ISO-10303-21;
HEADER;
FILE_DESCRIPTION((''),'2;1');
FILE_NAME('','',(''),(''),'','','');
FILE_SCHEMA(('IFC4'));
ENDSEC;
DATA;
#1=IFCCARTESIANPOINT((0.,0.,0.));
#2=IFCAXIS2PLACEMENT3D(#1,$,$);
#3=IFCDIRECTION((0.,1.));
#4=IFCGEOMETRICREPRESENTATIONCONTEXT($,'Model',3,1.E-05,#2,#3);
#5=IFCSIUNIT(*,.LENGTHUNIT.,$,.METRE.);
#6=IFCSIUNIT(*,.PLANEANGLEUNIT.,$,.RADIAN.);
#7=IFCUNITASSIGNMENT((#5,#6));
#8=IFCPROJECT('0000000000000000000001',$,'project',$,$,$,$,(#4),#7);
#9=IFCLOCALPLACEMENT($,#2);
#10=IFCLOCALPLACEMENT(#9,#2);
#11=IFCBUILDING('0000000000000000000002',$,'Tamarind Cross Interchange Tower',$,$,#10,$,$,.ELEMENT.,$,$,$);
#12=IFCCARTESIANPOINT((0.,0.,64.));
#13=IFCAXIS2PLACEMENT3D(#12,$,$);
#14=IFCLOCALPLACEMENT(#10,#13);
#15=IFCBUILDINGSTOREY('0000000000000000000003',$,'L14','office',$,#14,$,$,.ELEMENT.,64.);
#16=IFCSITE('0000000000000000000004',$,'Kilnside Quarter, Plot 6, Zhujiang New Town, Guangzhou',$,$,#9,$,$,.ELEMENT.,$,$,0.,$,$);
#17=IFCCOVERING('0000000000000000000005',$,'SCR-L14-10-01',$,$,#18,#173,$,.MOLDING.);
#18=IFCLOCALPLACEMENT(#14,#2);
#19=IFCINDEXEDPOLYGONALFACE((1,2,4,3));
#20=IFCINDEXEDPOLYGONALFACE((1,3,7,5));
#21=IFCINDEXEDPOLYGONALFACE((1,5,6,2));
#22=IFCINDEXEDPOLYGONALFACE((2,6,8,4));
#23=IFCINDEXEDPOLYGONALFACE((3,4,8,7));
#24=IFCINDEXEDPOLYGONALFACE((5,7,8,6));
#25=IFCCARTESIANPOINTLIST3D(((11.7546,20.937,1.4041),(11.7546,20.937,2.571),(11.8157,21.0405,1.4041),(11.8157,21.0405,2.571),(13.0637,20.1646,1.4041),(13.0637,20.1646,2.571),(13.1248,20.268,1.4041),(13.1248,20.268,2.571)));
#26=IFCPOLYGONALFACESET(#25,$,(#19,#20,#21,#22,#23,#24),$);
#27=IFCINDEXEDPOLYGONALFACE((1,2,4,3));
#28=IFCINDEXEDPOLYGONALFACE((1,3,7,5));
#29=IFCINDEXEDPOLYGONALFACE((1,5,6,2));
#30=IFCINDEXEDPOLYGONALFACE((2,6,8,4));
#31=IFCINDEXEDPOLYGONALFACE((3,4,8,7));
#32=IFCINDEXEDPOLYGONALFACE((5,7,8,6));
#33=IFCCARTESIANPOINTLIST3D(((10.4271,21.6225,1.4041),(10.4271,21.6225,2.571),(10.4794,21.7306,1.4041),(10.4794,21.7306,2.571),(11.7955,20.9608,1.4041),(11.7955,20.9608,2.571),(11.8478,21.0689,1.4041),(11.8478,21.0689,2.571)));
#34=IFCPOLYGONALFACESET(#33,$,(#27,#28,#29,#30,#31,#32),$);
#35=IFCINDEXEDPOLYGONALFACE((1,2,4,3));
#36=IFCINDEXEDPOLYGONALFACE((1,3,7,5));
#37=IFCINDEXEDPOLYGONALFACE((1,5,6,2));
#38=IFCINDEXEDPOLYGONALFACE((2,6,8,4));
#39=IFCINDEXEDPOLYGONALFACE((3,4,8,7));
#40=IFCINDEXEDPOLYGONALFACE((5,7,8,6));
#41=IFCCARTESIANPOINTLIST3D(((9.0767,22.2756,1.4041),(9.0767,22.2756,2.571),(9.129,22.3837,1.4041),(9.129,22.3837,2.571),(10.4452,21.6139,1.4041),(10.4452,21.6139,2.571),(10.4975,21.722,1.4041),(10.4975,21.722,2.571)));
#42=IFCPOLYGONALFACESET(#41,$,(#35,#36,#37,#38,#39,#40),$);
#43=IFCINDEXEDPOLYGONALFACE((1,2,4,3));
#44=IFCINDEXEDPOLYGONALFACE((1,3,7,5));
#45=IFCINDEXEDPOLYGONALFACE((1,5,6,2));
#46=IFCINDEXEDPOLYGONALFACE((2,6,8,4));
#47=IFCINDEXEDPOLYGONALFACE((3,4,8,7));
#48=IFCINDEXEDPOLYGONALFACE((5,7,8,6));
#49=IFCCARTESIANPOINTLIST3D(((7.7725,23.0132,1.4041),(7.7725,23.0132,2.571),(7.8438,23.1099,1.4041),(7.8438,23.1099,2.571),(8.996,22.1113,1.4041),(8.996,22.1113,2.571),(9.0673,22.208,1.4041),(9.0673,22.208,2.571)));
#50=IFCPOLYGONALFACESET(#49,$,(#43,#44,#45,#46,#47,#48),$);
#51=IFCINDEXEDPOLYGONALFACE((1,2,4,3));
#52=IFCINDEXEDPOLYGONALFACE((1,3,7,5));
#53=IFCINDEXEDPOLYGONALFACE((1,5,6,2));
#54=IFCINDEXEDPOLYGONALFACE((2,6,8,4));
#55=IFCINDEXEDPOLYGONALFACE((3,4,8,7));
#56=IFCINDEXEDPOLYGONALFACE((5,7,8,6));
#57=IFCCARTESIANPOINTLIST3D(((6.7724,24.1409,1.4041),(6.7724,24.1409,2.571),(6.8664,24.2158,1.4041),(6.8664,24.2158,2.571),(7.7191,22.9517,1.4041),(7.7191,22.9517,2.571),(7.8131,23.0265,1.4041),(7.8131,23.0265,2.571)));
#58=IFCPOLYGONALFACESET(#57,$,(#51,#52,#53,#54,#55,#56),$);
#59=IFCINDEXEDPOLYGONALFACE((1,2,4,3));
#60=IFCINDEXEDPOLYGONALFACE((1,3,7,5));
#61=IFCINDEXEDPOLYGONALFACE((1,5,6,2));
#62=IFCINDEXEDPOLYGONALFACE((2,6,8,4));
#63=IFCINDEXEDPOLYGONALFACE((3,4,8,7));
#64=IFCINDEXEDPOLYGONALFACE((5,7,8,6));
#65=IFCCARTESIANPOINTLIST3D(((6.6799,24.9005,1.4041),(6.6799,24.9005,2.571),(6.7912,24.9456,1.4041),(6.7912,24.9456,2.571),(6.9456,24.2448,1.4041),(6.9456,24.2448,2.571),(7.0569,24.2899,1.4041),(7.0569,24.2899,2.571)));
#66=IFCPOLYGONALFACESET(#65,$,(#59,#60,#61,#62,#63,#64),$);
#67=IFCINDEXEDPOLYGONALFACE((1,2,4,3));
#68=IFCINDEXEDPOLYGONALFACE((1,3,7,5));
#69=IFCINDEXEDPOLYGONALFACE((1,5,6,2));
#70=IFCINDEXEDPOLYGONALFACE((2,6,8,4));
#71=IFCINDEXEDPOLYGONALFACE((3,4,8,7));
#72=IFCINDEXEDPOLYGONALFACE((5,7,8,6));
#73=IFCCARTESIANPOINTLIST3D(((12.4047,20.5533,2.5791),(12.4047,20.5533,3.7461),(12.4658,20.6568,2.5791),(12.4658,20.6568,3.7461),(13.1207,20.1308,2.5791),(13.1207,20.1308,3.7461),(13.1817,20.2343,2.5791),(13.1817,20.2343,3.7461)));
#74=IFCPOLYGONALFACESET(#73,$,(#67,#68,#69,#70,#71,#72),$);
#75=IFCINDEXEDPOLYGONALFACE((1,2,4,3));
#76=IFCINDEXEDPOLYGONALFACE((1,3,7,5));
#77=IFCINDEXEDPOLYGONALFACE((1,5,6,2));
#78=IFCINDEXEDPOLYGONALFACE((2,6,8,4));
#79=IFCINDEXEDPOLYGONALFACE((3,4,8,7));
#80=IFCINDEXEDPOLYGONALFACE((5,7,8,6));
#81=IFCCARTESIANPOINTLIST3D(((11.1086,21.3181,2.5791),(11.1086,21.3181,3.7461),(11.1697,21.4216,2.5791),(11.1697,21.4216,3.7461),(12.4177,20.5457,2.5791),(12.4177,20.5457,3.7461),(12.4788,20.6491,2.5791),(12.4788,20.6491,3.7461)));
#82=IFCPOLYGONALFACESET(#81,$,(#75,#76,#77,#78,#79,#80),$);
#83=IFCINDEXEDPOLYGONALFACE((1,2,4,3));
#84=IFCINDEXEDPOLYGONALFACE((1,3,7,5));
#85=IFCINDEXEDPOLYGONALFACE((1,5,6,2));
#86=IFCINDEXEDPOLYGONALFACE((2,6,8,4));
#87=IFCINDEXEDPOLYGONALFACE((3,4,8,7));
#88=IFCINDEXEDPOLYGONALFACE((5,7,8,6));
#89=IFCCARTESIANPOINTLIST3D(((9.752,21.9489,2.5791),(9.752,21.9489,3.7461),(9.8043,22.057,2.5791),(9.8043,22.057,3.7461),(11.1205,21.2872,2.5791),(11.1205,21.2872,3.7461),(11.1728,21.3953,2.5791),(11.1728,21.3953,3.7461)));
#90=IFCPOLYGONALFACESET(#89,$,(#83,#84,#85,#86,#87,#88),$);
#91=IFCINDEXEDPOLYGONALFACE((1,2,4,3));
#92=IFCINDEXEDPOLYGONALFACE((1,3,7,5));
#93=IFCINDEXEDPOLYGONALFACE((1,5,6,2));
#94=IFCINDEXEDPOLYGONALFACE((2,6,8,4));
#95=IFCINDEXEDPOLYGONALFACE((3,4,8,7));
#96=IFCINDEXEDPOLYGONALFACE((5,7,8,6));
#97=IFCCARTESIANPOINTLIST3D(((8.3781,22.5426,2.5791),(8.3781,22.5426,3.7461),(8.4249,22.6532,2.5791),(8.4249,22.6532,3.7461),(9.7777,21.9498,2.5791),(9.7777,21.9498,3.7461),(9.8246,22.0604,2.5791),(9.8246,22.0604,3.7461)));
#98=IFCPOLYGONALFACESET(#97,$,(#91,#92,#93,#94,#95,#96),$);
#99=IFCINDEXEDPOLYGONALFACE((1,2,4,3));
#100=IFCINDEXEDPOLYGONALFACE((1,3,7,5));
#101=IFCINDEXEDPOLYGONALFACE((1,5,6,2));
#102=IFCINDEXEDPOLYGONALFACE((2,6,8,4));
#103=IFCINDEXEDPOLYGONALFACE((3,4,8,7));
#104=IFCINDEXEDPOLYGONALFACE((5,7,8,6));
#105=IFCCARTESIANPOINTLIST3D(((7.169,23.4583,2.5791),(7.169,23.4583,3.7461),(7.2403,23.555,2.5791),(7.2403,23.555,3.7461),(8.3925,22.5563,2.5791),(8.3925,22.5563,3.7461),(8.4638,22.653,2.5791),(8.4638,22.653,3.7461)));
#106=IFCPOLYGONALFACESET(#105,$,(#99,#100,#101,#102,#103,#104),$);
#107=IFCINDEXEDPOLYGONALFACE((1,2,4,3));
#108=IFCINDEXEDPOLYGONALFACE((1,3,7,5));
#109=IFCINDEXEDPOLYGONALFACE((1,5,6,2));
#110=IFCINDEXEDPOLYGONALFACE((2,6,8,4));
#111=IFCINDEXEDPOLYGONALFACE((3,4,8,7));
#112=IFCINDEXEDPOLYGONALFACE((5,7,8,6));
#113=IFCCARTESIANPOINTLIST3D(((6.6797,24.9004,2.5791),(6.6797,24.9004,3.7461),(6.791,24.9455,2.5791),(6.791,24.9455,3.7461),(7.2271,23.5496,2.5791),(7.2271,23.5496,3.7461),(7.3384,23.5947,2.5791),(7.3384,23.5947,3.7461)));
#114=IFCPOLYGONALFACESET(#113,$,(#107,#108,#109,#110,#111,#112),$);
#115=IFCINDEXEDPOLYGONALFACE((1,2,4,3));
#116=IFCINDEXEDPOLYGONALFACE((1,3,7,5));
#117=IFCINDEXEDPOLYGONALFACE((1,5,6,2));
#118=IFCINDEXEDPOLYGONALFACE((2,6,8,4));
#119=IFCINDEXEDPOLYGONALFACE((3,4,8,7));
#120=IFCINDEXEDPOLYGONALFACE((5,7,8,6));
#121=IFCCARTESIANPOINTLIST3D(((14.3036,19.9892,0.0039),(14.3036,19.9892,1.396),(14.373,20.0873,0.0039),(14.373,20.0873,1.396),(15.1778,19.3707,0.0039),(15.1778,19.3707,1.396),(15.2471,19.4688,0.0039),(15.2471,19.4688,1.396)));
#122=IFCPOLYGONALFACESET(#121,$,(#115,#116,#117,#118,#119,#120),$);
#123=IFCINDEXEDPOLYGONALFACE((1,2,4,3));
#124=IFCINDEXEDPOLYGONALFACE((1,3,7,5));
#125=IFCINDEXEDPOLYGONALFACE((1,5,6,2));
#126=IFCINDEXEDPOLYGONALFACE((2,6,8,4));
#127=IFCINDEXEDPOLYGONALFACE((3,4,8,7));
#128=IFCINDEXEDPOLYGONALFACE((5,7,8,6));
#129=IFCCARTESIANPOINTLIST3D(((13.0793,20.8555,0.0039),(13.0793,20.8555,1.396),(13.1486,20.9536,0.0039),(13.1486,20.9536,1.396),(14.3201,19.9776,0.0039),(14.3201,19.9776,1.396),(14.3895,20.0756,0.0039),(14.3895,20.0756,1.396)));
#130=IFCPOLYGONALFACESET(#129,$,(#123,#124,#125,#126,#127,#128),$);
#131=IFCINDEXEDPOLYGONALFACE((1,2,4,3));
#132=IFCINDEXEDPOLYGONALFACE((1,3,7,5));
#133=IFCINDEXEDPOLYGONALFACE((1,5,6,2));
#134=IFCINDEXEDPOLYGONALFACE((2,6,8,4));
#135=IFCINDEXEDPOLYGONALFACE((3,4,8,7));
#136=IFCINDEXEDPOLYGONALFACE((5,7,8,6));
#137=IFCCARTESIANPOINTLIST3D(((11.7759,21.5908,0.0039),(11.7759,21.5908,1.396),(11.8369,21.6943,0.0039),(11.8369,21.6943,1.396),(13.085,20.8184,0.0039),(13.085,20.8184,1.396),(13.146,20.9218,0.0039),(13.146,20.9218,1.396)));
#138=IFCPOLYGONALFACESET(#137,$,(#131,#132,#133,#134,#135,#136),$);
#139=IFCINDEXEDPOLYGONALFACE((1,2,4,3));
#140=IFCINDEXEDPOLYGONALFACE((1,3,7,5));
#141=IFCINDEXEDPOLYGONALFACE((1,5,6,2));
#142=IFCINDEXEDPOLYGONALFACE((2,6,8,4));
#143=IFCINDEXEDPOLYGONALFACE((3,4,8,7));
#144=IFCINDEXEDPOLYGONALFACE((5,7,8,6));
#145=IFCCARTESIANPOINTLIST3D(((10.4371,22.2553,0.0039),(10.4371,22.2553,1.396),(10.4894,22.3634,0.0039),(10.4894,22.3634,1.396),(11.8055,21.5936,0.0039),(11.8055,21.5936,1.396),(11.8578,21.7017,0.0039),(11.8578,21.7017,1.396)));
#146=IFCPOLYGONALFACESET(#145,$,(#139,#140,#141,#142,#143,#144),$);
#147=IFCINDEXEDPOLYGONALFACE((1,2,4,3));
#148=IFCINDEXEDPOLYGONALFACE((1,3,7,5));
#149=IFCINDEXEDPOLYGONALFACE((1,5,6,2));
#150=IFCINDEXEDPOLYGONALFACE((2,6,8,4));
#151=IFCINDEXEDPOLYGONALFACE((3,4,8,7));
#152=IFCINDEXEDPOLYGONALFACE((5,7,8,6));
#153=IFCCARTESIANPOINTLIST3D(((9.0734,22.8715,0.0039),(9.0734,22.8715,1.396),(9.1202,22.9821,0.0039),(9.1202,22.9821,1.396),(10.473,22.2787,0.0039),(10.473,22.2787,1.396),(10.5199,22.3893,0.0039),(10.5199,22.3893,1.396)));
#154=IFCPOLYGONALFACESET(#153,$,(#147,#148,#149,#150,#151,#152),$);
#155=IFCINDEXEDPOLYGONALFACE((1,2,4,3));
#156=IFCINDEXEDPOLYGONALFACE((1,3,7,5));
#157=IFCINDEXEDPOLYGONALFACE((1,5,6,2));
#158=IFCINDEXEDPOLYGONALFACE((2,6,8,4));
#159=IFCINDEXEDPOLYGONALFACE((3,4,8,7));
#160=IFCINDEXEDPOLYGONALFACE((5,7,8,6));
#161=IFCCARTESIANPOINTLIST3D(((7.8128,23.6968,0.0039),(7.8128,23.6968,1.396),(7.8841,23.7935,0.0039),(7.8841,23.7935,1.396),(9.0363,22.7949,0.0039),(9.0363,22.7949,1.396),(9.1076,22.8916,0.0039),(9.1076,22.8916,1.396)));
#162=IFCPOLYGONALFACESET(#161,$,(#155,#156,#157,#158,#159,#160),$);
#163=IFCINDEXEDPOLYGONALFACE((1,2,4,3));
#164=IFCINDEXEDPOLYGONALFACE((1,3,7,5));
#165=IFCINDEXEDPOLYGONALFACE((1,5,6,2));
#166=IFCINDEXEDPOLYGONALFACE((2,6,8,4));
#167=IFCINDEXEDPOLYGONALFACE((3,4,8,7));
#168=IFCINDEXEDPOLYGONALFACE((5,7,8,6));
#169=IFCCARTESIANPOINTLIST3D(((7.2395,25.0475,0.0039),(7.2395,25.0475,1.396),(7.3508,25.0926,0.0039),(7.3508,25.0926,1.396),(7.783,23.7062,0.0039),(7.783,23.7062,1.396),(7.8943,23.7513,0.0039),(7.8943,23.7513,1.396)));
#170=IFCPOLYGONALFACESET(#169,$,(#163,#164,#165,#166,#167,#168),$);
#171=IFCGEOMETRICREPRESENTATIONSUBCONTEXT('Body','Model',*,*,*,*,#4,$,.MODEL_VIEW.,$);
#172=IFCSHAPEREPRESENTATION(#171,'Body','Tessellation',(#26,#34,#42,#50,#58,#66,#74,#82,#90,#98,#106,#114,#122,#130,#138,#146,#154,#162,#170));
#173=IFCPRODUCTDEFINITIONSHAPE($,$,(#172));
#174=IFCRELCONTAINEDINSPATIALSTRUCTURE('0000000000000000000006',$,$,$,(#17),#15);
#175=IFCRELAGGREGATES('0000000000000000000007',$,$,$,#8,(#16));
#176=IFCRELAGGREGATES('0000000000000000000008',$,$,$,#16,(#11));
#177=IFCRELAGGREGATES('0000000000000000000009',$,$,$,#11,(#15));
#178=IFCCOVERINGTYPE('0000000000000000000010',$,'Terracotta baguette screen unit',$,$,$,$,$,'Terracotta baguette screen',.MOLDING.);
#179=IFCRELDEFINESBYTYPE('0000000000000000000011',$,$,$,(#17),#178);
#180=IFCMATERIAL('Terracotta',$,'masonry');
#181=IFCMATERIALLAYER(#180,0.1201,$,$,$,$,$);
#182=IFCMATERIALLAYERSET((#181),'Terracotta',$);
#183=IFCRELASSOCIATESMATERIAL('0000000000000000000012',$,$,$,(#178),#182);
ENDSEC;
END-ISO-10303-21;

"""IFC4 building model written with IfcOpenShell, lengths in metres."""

from ifc_helpers import new_model, si_unit, direction, frame, origin, origin_2d, place, context, subcontext, project, spatial, rectangle, extrude, material, layer, layer_set, type_object, element, save


model = new_model("IFC4")

# Units and contexts
model_context = context("Model", 3, precision=1e-05, world=origin(), true_north=direction((0.0, 1.0)))
body_context = subcontext(model_context, "Body", "Model", "MODEL_VIEW")
ifc_project = project(units=[si_unit("LENGTHUNIT", "METRE"), si_unit("PLANEANGLEUNIT", "RADIAN")], contexts=[model_context])

# Site, building, storey
site_placement = place(None, origin())
site = spatial("IfcSite", under=ifc_project, at=site_placement, Name="Kilnside Quarter, Plot 6, Zhujiang New Town, Guangzhou", CompositionType="ELEMENT", RefElevation=0.0)
building_placement = place(site_placement, origin())
building = spatial("IfcBuilding", under=site, at=building_placement, Name="Tamarind Cross Interchange Tower", CompositionType="ELEMENT")
storey_placement = place(building_placement, frame((0.0, 0.0, 64.0)))
storey = spatial("IfcBuildingStorey", under=building, at=storey_placement, Name="L14", Description="office", CompositionType="ELEMENT", Elevation=64.0)

# Covering
ifc_material_1 = material(Name="Terracotta", Category="masonry")
ifc_layer_1 = layer(ifc_material_1, 0.1201)
ifc_layer_set_1 = layer_set([ifc_layer_1], Name="Terracotta")
covering_type = type_object("IfcCoveringType", Name="Terracotta baguette screen unit", ElementType="Terracotta baguette screen", PredefinedType="MOLDING", material=ifc_layer_set_1)
covering_1_placement = place(storey_placement, origin())
element("IfcCovering", 1, at=covering_1_placement, inside=storey, type_object=covering_type, Name="SCR-L14-10-01", PredefinedType="MOLDING", context=body_context, shape_type="SweptSolid", body=[
    extrude(rectangle(XDim=1.52, YDim=0.1201, at=origin_2d()), frame((12.4397, 20.6025, 1.4041), z_axis=(0.0, 0.0, 1.0), x_axis=(-0.861249, 0.508183, 0.0)), (0.0, 0.0, 1.0), 1.167),
    extrude(rectangle(XDim=1.52, YDim=0.1201, at=origin_2d()), frame((11.1375, 21.3457, 1.4041), z_axis=(0.0, 0.0, 1.0), x_axis=(-0.900273, 0.435326, 0.0)), (0.0, 0.0, 1.0), 1.167),
    extrude(rectangle(XDim=1.52, YDim=0.1201, at=origin_2d()), frame((9.7871, 21.9988, 1.4041), z_axis=(0.0, 0.0, 1.0), x_axis=(-0.900273, 0.435326, 0.0)), (0.0, 0.0, 1.0), 1.167),
    extrude(rectangle(XDim=1.52, YDim=0.1201, at=origin_2d()), frame((8.4199, 22.6106, 1.4041), z_axis=(0.0, 0.0, 1.0), x_axis=(-0.804922, 0.59338, 0.0)), (0.0, 0.0, 1.0), 1.167),
    extrude(rectangle(XDim=1.52, YDim=0.1201, at=origin_2d()), frame((7.2927, 23.5837, 1.4041), z_axis=(0.0, 0.0, 1.0), x_axis=(-0.622806, 0.782377, 0.0)), (0.0, 0.0, 1.0), 1.167),
    extrude(rectangle(XDim=0.7075, YDim=0.1201, at=origin_2d()), frame((6.8684, 24.5952, 1.4041), z_axis=(0.0, 0.0, 1.0), x_axis=(-0.375577, 0.926791, 0.0)), (0.0, 0.0, 1.0), 1.167),
    extrude(rectangle(XDim=0.8313, YDim=0.1201, at=origin_2d()), frame((12.7932, 20.3938, 2.5791), z_axis=(0.0, 0.0, 1.0), x_axis=(-0.861249, 0.508183, 0.0)), (0.0, 0.0, 1.0), 1.167),
    extrude(rectangle(XDim=1.52, YDim=0.1201, at=origin_2d()), frame((11.7937, 20.9836, 2.5791), z_axis=(0.0, 0.0, 1.0), x_axis=(-0.861249, 0.508183, 0.0)), (0.0, 0.0, 1.0), 1.167),
    extrude(rectangle(XDim=1.52, YDim=0.1201, at=origin_2d()), frame((10.4624, 21.6721, 2.5791), z_axis=(0.0, 0.0, 1.0), x_axis=(-0.900273, 0.435326, 0.0)), (0.0, 0.0, 1.0), 1.167),
    extrude(rectangle(XDim=1.52, YDim=0.1201, at=origin_2d()), frame((9.1013, 22.3015, 2.5791), z_axis=(0.0, 0.0, 1.0), x_axis=(-0.920811, 0.390009, 0.0)), (0.0, 0.0, 1.0), 1.167),
    extrude(rectangle(XDim=1.52, YDim=0.1201, at=origin_2d()), frame((7.8164, 23.0557, 2.5791), z_axis=(0.0, 0.0, 1.0), x_axis=(-0.804922, 0.59338, 0.0)), (0.0, 0.0, 1.0), 1.167),
    extrude(rectangle(XDim=1.4575, YDim=0.1201, at=origin_2d()), frame((7.009, 24.2476, 2.5791), z_axis=(0.0, 0.0, 1.0), x_axis=(-0.375577, 0.926791, 0.0)), (0.0, 0.0, 1.0), 1.167),
    extrude(rectangle(XDim=1.0708, YDim=0.1201, at=origin_2d()), frame((14.7754, 19.729, 0.0039), z_axis=(0.0, 0.0, 1.0), x_axis=(-0.816342, 0.577569, 0.0)), (0.0, 0.0, 1.0), 1.3921),
    extrude(rectangle(XDim=1.52, YDim=0.1201, at=origin_2d()), frame((13.7344, 20.4656, 0.0039), z_axis=(0.0, 0.0, 1.0), x_axis=(-0.816342, 0.577569, 0.0)), (0.0, 0.0, 1.0), 1.3921),
    extrude(rectangle(XDim=1.52, YDim=0.1201, at=origin_2d()), frame((12.4609, 21.2563, 0.0039), z_axis=(0.0, 0.0, 1.0), x_axis=(-0.861249, 0.508183, 0.0)), (0.0, 0.0, 1.0), 1.3921),
    extrude(rectangle(XDim=1.52, YDim=0.1201, at=origin_2d()), frame((11.1475, 21.9785, 0.0039), z_axis=(0.0, 0.0, 1.0), x_axis=(-0.900273, 0.435326, 0.0)), (0.0, 0.0, 1.0), 1.3921),
    extrude(rectangle(XDim=1.52, YDim=0.1201, at=origin_2d()), frame((9.7966, 22.6304, 0.0039), z_axis=(0.0, 0.0, 1.0), x_axis=(-0.920811, 0.390009, 0.0)), (0.0, 0.0, 1.0), 1.3921),
    extrude(rectangle(XDim=1.52, YDim=0.1201, at=origin_2d()), frame((8.4602, 23.2942, 0.0039), z_axis=(0.0, 0.0, 1.0), x_axis=(-0.804922, 0.59338, 0.0)), (0.0, 0.0, 1.0), 1.3921),
    extrude(rectangle(XDim=1.4473, YDim=0.1201, at=origin_2d()), frame((7.5669, 24.3994, 0.0039), z_axis=(0.0, 0.0, 1.0), x_axis=(-0.375577, 0.926791, 0.0)), (0.0, 0.0, 1.0), 1.3921),
])

save(model, "model.ifc")
